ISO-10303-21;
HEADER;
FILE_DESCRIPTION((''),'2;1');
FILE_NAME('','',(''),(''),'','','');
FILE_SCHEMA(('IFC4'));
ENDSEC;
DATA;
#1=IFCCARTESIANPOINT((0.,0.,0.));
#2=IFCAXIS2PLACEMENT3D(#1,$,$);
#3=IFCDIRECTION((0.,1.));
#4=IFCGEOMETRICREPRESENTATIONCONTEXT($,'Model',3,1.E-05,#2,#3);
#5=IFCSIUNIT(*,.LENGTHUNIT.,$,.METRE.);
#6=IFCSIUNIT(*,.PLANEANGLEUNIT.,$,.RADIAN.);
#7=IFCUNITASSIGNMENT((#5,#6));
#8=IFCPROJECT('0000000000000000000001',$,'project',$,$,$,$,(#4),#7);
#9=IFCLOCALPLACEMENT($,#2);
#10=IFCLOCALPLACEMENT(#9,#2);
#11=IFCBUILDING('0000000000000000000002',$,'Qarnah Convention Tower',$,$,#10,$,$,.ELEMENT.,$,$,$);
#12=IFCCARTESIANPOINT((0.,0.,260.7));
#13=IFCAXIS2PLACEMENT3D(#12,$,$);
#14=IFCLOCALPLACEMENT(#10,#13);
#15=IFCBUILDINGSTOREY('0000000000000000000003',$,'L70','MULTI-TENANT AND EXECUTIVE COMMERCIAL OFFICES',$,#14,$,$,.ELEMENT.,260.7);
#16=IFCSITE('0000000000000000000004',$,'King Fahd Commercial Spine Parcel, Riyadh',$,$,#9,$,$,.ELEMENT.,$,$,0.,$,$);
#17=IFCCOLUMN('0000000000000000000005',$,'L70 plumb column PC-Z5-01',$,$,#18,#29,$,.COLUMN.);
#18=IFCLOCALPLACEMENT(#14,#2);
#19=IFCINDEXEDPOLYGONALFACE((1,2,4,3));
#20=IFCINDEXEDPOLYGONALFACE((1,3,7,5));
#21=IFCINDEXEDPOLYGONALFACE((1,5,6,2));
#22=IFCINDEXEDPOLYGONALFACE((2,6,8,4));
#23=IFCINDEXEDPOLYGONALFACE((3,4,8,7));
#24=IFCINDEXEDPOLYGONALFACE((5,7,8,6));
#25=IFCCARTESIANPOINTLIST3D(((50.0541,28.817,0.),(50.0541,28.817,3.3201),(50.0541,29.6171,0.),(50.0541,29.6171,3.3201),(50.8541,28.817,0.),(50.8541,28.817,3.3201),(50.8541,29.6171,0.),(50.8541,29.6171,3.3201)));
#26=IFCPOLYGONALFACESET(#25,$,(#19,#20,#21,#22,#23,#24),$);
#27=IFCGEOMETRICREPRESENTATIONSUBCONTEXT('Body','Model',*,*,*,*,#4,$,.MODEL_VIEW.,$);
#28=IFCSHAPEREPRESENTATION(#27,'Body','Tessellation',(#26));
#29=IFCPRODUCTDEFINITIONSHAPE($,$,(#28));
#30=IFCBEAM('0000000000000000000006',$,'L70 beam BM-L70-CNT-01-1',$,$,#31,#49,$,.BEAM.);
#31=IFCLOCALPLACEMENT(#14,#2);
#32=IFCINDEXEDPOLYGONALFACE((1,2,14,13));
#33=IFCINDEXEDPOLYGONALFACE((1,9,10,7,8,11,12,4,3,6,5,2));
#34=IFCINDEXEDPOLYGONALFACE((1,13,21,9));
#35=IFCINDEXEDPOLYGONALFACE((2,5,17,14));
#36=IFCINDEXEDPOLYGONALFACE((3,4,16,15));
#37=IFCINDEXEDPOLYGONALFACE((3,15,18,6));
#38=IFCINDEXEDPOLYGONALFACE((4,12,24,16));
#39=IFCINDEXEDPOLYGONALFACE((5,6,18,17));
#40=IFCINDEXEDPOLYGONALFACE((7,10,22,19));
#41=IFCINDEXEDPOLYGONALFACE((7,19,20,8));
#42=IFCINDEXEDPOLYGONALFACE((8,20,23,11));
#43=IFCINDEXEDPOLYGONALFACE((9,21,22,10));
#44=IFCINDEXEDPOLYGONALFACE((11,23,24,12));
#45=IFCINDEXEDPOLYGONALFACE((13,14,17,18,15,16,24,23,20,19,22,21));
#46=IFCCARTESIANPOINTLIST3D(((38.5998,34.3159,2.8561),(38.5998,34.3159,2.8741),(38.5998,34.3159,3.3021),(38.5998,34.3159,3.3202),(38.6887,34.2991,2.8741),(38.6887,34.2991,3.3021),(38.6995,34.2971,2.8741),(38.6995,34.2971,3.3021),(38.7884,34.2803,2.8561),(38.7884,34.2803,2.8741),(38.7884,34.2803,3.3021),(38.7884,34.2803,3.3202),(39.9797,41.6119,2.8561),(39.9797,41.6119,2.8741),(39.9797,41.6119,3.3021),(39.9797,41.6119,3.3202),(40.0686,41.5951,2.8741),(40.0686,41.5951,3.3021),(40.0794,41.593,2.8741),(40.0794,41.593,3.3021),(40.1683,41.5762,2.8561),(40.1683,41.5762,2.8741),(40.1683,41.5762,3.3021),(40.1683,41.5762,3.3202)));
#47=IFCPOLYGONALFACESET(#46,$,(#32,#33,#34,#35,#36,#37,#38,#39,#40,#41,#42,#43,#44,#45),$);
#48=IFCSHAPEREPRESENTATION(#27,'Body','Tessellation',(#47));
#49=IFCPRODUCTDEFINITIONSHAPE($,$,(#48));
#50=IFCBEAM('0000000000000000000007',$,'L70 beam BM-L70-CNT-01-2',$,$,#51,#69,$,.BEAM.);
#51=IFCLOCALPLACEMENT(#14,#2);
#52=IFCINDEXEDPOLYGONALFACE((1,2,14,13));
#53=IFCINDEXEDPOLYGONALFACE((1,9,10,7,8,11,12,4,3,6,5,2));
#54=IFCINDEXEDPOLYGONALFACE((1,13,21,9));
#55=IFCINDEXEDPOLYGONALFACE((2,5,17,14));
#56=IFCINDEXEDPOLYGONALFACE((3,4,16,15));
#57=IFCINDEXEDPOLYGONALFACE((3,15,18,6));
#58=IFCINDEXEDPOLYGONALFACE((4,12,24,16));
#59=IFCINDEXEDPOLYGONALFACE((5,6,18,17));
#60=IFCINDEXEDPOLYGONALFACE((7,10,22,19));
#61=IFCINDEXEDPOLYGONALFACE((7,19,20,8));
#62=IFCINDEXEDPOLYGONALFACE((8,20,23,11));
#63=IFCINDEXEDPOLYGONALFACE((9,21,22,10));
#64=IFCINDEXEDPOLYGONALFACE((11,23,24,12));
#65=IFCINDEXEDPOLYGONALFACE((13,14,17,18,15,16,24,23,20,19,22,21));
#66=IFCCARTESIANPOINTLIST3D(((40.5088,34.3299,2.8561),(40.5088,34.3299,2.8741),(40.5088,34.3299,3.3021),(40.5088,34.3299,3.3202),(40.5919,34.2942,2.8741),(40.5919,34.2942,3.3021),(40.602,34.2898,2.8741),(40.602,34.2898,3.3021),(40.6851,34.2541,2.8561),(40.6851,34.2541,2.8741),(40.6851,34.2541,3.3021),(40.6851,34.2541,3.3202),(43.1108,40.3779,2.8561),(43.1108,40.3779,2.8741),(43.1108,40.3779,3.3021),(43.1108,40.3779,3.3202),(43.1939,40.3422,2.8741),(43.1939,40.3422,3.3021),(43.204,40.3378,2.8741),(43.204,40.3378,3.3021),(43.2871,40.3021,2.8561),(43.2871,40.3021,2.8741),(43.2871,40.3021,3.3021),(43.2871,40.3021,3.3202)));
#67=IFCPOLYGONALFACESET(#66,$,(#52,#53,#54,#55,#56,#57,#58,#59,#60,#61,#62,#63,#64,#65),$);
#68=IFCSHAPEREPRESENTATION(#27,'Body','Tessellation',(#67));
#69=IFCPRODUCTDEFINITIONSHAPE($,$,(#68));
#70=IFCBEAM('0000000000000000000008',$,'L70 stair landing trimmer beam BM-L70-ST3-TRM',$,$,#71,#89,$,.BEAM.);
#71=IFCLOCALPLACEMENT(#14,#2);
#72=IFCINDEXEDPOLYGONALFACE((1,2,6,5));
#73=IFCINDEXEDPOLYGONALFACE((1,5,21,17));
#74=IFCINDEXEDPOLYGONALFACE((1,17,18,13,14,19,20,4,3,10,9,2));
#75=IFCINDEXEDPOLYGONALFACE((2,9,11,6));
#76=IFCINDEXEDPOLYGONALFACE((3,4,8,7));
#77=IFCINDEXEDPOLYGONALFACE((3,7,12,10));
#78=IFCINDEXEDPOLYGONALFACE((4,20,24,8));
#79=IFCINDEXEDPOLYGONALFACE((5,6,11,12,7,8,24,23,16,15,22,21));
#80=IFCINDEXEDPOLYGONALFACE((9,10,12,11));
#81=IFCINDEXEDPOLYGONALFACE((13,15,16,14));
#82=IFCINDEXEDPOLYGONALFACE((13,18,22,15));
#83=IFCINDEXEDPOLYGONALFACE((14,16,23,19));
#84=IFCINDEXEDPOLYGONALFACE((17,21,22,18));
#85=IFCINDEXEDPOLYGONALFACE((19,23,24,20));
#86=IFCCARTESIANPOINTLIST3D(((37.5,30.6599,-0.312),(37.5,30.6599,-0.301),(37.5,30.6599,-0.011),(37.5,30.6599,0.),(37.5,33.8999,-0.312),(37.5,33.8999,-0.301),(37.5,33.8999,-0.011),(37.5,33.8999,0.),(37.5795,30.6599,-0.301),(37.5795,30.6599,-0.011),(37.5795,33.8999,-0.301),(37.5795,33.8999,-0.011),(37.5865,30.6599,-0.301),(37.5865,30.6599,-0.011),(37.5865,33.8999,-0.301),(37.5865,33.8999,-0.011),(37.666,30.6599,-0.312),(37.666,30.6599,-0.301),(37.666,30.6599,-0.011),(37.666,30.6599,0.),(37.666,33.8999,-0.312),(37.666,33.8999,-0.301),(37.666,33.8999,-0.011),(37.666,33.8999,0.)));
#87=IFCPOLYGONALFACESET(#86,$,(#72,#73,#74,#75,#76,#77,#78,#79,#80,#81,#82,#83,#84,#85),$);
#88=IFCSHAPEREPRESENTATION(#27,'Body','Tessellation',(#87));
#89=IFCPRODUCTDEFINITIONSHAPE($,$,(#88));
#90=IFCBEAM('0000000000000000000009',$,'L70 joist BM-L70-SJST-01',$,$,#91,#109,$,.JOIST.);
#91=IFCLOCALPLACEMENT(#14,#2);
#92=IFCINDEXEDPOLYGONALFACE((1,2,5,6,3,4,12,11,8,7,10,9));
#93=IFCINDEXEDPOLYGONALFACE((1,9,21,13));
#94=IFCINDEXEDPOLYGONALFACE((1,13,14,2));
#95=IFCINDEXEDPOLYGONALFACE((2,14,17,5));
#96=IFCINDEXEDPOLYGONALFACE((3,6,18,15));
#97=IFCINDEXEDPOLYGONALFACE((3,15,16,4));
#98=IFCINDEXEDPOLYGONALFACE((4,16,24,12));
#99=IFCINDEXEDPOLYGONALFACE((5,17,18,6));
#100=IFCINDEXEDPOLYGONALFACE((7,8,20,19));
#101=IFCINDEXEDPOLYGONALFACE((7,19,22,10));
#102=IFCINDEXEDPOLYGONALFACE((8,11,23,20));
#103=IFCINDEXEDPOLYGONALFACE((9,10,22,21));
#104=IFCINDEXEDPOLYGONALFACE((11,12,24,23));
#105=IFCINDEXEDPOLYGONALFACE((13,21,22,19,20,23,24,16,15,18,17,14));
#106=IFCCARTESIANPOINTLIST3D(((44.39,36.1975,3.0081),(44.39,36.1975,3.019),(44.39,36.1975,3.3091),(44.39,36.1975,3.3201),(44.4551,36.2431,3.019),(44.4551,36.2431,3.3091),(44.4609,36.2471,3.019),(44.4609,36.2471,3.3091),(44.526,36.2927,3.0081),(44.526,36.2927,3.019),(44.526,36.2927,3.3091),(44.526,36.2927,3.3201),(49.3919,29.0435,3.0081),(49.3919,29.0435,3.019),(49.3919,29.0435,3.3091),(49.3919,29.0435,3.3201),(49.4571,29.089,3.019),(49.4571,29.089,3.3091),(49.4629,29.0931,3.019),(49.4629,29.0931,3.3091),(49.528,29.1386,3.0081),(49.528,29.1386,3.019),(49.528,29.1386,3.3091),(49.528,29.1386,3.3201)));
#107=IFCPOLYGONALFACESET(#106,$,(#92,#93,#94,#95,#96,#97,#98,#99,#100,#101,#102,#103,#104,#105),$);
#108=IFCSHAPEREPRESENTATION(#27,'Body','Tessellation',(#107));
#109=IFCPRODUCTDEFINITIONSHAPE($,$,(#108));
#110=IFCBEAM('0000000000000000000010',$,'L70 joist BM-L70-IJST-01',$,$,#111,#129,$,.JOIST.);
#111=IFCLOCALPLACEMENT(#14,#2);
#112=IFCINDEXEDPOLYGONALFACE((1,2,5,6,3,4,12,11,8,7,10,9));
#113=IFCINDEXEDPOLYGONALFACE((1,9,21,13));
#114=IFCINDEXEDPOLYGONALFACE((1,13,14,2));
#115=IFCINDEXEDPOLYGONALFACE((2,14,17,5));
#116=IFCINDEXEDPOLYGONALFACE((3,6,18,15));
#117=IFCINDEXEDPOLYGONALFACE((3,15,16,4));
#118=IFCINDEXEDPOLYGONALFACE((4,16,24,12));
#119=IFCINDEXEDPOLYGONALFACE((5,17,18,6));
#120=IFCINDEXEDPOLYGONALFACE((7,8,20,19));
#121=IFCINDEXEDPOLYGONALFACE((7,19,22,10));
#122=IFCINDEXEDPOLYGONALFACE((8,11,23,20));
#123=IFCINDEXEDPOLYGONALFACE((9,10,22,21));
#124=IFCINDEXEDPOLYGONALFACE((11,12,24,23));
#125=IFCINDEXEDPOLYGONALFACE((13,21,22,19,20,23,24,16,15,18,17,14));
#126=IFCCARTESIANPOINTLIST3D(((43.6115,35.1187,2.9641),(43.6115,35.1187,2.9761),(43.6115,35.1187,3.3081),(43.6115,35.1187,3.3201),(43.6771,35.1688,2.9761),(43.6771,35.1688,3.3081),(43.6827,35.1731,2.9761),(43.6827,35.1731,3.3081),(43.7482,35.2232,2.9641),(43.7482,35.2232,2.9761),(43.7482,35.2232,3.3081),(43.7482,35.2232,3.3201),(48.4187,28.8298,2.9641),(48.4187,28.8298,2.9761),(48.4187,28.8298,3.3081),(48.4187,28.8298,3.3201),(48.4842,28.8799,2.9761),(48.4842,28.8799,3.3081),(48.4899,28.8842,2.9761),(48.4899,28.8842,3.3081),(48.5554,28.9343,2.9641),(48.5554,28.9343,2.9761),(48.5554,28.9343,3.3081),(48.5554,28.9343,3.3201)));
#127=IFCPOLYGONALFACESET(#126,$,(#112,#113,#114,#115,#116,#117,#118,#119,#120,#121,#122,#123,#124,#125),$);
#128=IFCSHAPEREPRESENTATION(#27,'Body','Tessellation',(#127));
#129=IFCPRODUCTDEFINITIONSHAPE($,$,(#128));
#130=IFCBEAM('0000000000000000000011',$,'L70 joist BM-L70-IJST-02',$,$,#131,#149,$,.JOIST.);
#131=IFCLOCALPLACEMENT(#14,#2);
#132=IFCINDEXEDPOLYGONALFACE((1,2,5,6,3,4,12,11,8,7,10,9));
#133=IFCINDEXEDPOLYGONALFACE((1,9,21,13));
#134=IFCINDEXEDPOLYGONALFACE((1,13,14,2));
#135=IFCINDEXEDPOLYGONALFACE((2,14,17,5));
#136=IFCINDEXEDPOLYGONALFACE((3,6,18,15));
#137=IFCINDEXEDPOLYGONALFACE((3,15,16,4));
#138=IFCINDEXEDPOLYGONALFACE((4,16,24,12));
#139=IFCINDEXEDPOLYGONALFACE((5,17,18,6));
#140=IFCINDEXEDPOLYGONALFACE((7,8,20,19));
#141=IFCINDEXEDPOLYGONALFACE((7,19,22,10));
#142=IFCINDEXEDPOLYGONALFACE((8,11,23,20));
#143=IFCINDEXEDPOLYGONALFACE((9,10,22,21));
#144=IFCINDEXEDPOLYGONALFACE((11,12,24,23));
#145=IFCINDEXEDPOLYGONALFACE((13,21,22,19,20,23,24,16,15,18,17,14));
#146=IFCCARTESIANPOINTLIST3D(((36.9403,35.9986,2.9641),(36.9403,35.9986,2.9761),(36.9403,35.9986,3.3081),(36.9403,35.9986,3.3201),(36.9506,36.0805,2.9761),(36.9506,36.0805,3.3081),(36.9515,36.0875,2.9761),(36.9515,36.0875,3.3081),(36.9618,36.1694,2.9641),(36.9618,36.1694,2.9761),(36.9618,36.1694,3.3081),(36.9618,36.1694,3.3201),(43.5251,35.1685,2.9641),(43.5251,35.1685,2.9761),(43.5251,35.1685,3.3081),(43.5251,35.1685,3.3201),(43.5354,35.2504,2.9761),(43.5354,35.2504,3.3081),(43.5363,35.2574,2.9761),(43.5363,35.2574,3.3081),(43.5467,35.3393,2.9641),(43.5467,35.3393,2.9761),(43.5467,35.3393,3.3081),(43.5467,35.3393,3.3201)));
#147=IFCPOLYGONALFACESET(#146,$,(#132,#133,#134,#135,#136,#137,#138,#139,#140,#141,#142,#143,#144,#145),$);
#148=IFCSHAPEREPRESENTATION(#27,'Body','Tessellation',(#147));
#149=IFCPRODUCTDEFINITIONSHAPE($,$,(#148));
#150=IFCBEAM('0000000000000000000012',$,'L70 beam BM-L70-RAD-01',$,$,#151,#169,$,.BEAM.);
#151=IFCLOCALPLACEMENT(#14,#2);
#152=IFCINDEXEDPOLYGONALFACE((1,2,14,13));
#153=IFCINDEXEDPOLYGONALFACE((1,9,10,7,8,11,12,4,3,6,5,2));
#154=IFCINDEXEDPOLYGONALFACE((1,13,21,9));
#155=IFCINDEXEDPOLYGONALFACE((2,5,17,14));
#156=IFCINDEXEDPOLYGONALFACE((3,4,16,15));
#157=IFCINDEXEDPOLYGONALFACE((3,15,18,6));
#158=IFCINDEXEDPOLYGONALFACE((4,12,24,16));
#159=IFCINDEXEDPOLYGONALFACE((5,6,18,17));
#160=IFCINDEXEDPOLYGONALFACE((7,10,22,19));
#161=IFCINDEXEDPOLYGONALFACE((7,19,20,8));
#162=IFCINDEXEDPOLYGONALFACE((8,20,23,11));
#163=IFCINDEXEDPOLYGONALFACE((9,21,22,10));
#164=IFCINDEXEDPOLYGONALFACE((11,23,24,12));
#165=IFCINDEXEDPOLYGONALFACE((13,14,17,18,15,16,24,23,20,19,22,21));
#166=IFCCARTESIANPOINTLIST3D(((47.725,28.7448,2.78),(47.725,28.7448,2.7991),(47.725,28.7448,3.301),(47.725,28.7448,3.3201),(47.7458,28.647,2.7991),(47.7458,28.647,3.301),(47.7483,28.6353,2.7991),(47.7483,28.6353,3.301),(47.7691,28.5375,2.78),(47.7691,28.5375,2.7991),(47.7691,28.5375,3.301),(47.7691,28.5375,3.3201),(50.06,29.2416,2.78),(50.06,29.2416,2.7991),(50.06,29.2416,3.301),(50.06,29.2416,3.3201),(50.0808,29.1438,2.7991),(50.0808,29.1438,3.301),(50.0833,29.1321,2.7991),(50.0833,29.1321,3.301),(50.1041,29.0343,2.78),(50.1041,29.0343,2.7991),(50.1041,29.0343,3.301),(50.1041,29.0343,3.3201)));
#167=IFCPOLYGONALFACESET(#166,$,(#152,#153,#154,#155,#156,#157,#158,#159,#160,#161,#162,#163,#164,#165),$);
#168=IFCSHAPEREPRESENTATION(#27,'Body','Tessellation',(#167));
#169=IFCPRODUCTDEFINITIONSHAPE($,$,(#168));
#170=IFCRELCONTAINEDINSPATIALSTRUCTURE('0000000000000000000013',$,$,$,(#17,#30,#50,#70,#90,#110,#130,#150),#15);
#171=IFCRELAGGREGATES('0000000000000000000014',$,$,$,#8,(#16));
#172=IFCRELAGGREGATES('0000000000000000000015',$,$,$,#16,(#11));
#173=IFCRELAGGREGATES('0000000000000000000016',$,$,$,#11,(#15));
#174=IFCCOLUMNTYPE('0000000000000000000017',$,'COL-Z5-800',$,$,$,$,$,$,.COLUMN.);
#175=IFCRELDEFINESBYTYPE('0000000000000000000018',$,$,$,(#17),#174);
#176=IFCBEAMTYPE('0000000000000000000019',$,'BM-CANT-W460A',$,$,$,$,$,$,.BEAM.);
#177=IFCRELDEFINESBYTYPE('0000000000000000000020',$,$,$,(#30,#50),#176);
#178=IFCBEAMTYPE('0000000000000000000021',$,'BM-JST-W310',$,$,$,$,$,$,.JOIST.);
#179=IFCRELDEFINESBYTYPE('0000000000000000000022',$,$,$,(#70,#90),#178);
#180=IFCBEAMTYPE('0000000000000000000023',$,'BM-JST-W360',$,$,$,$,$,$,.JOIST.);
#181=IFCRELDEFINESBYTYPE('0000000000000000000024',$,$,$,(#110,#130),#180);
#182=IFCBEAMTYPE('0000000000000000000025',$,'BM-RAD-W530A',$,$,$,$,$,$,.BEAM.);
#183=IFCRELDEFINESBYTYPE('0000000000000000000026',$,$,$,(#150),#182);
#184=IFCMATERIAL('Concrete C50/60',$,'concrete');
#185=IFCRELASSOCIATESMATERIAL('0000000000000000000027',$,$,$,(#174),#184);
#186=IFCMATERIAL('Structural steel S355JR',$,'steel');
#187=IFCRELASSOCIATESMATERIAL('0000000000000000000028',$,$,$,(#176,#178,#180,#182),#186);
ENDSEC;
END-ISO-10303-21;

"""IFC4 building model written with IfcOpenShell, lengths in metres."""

from ifc_helpers import new_model, si_unit, direction, frame, origin, origin_2d, place, context, subcontext, project, spatial, rectangle, i_section, extrude, material, material_profile, profile_set, type_object, element, save


model = new_model("IFC4")

# Units and contexts
model_context = context("Model", 3, precision=1e-05, world=origin(), true_north=direction((0.0, 1.0)))
body_context = subcontext(model_context, "Body", "Model", "MODEL_VIEW")
ifc_project = project(units=[si_unit("LENGTHUNIT", "METRE"), si_unit("PLANEANGLEUNIT", "RADIAN")], contexts=[model_context])

# Site, building, storey
site_placement = place(None, origin())
site = spatial("IfcSite", under=ifc_project, at=site_placement, Name="King Fahd Commercial Spine Parcel, Riyadh", CompositionType="ELEMENT", RefElevation=0.0)
building_placement = place(site_placement, origin())
building = spatial("IfcBuilding", under=site, at=building_placement, Name="Qarnah Convention Tower", CompositionType="ELEMENT")
storey_placement = place(building_placement, frame((0.0, 0.0, 260.7)))
storey = spatial("IfcBuildingStorey", under=building, at=storey_placement, Name="L70", Description="MULTI-TENANT AND EXECUTIVE COMMERCIAL OFFICES", CompositionType="ELEMENT", Elevation=260.7)

# Column
ifc_material_1 = material(Name="Concrete C50/60", Category="concrete")
ifc_material_profile_1 = material_profile(ifc_material_1, rectangle(XDim=0.8, YDim=0.8, at=origin_2d()), Name="RC-COL-800X800")
ifc_profile_set_1 = profile_set([ifc_material_profile_1], Name="Concrete C50/60")
column_type = type_object("IfcColumnType", Name="COL-Z5-800", PredefinedType="COLUMN", material=ifc_profile_set_1)
column_placement = place(storey_placement, frame((50.4541, 29.217, 0.0), z_axis=(0.0, 0.0, 1.0), x_axis=(1.0, 0.0, 0.0)))
element("IfcColumn", 1, at=column_placement, inside=storey, type_object=column_type, Name="L70 plumb column PC-Z5-01", PredefinedType="COLUMN", context=body_context, shape_type="SweptSolid", body=[
    extrude(rectangle(XDim=0.8, YDim=0.8, at=origin_2d()), origin(), (0.0, 0.0, 1.0), 3.3201),
])

# Beams
ifc_material_2 = material(Name="Structural steel S355JR", Category="steel")
ifc_material_profile_2 = material_profile(ifc_material_2, i_section(OverallWidth=0.1919, OverallDepth=0.4641, WebThickness=0.011, FlangeThickness=0.0181, at=origin_2d()), Name="W460X89")
ifc_profile_set_2 = profile_set([ifc_material_profile_2], Name="Structural steel S355JR")
beam_type_1 = type_object("IfcBeamType", Name="BM-CANT-W460A", PredefinedType="BEAM", material=ifc_profile_set_2)
beam_1_placement = place(storey_placement, frame((38.6941, 34.2981, 3.0881), z_axis=(0.185837, 0.982581, 0.0), x_axis=(-0.982581, 0.185837, 0.0)))
element("IfcBeam", 2, at=beam_1_placement, inside=storey, type_object=beam_type_1, Name="L70 beam BM-L70-CNT-01-1", PredefinedType="BEAM", context=body_context, shape_type="SweptSolid", body=[
    extrude(i_section(OverallWidth=0.1919, OverallDepth=0.4641, WebThickness=0.011, FlangeThickness=0.0181, at=origin_2d()), origin(), (0.0, 0.0, 1.0), 7.4253),
])
beam_2_placement = place(storey_placement, frame((40.5969, 34.292, 3.0881), z_axis=(0.395203, 0.918594, 0.0), x_axis=(-0.918594, 0.395203, 0.0)))
element("IfcBeam", 3, at=beam_2_placement, inside=storey, type_object=beam_type_1, Name="L70 beam BM-L70-CNT-01-2", PredefinedType="BEAM", context=body_context, shape_type="SweptSolid", body=[
    extrude(i_section(OverallWidth=0.1919, OverallDepth=0.4641, WebThickness=0.011, FlangeThickness=0.0181, at=origin_2d()), origin(), (0.0, 0.0, 1.0), 6.584),
])
ifc_material_profile_3 = material_profile(ifc_material_2, i_section(OverallWidth=0.166, OverallDepth=0.312, WebThickness=0.0071, FlangeThickness=0.011, at=origin_2d()), Name="W310X45")
ifc_profile_set_3 = profile_set([ifc_material_profile_3], Name="Structural steel S355JR")
beam_type_2 = type_object("IfcBeamType", Name="BM-JST-W310", PredefinedType="JOIST", material=ifc_profile_set_3)
beam_3_placement = place(storey_placement, frame((37.583, 30.6599, -0.156), z_axis=(0.0, 1.0, 0.0), x_axis=(-1.0, 0.0, 0.0)))
element("IfcBeam", 4, at=beam_3_placement, inside=storey, type_object=beam_type_2, Name="L70 stair landing trimmer beam BM-L70-ST3-TRM", PredefinedType="BEAM", context=body_context, shape_type="SweptSolid", body=[
    extrude(i_section(OverallWidth=0.166, OverallDepth=0.312, WebThickness=0.0071, FlangeThickness=0.011, at=origin_2d()), origin(), (0.0, 0.0, 1.0), 3.24),
])
beam_4_placement = place(storey_placement, frame((49.46, 29.0911, 3.1641), z_axis=(-0.57301, 0.819548, 0.0), x_axis=(-0.819548, -0.57301, 0.0)))
element("IfcBeam", 5, at=beam_4_placement, inside=storey, type_object=beam_type_2, Name="L70 joist BM-L70-SJST-01", PredefinedType="JOIST", context=body_context, shape_type="SweptSolid", body=[
    extrude(i_section(OverallWidth=0.166, OverallDepth=0.312, WebThickness=0.0071, FlangeThickness=0.011, at=origin_2d()), origin(), (0.0, 0.0, 1.0), 8.7292),
])
ifc_material_profile_4 = material_profile(ifc_material_2, i_section(OverallWidth=0.1721, OverallDepth=0.356, WebThickness=0.0071, FlangeThickness=0.012, at=origin_2d()), Name="W360X51")
ifc_profile_set_4 = profile_set([ifc_material_profile_4], Name="Structural steel S355JR")
beam_type_3 = type_object("IfcBeamType", Name="BM-JST-W360", PredefinedType="JOIST", material=ifc_profile_set_4)
beam_5_placement = place(storey_placement, frame((48.4871, 28.8821, 3.1421), z_axis=(-0.607293, 0.794478, 0.0), x_axis=(-0.794478, -0.607293, 0.0)))
element("IfcBeam", 6, at=beam_5_placement, inside=storey, type_object=beam_type_3, Name="L70 joist BM-L70-IJST-01", PredefinedType="JOIST", context=body_context, shape_type="SweptSolid", body=[
    extrude(i_section(OverallWidth=0.1721, OverallDepth=0.356, WebThickness=0.0071, FlangeThickness=0.012, at=origin_2d()), origin(), (0.0, 0.0, 1.0), 7.9158),
])
beam_6_placement = place(storey_placement, frame((43.5359, 35.2539, 3.1421), z_axis=(-0.992148, 0.125067, 0.0), x_axis=(-0.125067, -0.992148, 0.0)))
element("IfcBeam", 7, at=beam_6_placement, inside=storey, type_object=beam_type_3, Name="L70 joist BM-L70-IJST-02", PredefinedType="JOIST", context=body_context, shape_type="SweptSolid", body=[
    extrude(i_section(OverallWidth=0.1721, OverallDepth=0.356, WebThickness=0.0071, FlangeThickness=0.012, at=origin_2d()), origin(), (0.0, 0.0, 1.0), 6.637),
])
ifc_material_profile_5 = material_profile(ifc_material_2, i_section(OverallWidth=0.2119, OverallDepth=0.54, WebThickness=0.012, FlangeThickness=0.019, at=origin_2d()), Name="W530X109")
ifc_profile_set_5 = profile_set([ifc_material_profile_5], Name="Structural steel S355JR")
beam_type_4 = type_object("IfcBeamType", Name="BM-RAD-W530A", PredefinedType="BEAM", material=ifc_profile_set_5)
beam_7_placement = place(storey_placement, frame((47.7471, 28.6411, 3.05), z_axis=(0.978104, 0.208118, 0.0), x_axis=(-0.208118, 0.978104, 0.0)))
element("IfcBeam", 8, at=beam_7_placement, inside=storey, type_object=beam_type_4, Name="L70 beam BM-L70-RAD-01", PredefinedType="BEAM", context=body_context, shape_type="SweptSolid", body=[
    extrude(i_section(OverallWidth=0.2119, OverallDepth=0.54, WebThickness=0.012, FlangeThickness=0.019, at=origin_2d()), origin(), (0.0, 0.0, 1.0), 2.3872),
])

save(model, "model.ifc")
